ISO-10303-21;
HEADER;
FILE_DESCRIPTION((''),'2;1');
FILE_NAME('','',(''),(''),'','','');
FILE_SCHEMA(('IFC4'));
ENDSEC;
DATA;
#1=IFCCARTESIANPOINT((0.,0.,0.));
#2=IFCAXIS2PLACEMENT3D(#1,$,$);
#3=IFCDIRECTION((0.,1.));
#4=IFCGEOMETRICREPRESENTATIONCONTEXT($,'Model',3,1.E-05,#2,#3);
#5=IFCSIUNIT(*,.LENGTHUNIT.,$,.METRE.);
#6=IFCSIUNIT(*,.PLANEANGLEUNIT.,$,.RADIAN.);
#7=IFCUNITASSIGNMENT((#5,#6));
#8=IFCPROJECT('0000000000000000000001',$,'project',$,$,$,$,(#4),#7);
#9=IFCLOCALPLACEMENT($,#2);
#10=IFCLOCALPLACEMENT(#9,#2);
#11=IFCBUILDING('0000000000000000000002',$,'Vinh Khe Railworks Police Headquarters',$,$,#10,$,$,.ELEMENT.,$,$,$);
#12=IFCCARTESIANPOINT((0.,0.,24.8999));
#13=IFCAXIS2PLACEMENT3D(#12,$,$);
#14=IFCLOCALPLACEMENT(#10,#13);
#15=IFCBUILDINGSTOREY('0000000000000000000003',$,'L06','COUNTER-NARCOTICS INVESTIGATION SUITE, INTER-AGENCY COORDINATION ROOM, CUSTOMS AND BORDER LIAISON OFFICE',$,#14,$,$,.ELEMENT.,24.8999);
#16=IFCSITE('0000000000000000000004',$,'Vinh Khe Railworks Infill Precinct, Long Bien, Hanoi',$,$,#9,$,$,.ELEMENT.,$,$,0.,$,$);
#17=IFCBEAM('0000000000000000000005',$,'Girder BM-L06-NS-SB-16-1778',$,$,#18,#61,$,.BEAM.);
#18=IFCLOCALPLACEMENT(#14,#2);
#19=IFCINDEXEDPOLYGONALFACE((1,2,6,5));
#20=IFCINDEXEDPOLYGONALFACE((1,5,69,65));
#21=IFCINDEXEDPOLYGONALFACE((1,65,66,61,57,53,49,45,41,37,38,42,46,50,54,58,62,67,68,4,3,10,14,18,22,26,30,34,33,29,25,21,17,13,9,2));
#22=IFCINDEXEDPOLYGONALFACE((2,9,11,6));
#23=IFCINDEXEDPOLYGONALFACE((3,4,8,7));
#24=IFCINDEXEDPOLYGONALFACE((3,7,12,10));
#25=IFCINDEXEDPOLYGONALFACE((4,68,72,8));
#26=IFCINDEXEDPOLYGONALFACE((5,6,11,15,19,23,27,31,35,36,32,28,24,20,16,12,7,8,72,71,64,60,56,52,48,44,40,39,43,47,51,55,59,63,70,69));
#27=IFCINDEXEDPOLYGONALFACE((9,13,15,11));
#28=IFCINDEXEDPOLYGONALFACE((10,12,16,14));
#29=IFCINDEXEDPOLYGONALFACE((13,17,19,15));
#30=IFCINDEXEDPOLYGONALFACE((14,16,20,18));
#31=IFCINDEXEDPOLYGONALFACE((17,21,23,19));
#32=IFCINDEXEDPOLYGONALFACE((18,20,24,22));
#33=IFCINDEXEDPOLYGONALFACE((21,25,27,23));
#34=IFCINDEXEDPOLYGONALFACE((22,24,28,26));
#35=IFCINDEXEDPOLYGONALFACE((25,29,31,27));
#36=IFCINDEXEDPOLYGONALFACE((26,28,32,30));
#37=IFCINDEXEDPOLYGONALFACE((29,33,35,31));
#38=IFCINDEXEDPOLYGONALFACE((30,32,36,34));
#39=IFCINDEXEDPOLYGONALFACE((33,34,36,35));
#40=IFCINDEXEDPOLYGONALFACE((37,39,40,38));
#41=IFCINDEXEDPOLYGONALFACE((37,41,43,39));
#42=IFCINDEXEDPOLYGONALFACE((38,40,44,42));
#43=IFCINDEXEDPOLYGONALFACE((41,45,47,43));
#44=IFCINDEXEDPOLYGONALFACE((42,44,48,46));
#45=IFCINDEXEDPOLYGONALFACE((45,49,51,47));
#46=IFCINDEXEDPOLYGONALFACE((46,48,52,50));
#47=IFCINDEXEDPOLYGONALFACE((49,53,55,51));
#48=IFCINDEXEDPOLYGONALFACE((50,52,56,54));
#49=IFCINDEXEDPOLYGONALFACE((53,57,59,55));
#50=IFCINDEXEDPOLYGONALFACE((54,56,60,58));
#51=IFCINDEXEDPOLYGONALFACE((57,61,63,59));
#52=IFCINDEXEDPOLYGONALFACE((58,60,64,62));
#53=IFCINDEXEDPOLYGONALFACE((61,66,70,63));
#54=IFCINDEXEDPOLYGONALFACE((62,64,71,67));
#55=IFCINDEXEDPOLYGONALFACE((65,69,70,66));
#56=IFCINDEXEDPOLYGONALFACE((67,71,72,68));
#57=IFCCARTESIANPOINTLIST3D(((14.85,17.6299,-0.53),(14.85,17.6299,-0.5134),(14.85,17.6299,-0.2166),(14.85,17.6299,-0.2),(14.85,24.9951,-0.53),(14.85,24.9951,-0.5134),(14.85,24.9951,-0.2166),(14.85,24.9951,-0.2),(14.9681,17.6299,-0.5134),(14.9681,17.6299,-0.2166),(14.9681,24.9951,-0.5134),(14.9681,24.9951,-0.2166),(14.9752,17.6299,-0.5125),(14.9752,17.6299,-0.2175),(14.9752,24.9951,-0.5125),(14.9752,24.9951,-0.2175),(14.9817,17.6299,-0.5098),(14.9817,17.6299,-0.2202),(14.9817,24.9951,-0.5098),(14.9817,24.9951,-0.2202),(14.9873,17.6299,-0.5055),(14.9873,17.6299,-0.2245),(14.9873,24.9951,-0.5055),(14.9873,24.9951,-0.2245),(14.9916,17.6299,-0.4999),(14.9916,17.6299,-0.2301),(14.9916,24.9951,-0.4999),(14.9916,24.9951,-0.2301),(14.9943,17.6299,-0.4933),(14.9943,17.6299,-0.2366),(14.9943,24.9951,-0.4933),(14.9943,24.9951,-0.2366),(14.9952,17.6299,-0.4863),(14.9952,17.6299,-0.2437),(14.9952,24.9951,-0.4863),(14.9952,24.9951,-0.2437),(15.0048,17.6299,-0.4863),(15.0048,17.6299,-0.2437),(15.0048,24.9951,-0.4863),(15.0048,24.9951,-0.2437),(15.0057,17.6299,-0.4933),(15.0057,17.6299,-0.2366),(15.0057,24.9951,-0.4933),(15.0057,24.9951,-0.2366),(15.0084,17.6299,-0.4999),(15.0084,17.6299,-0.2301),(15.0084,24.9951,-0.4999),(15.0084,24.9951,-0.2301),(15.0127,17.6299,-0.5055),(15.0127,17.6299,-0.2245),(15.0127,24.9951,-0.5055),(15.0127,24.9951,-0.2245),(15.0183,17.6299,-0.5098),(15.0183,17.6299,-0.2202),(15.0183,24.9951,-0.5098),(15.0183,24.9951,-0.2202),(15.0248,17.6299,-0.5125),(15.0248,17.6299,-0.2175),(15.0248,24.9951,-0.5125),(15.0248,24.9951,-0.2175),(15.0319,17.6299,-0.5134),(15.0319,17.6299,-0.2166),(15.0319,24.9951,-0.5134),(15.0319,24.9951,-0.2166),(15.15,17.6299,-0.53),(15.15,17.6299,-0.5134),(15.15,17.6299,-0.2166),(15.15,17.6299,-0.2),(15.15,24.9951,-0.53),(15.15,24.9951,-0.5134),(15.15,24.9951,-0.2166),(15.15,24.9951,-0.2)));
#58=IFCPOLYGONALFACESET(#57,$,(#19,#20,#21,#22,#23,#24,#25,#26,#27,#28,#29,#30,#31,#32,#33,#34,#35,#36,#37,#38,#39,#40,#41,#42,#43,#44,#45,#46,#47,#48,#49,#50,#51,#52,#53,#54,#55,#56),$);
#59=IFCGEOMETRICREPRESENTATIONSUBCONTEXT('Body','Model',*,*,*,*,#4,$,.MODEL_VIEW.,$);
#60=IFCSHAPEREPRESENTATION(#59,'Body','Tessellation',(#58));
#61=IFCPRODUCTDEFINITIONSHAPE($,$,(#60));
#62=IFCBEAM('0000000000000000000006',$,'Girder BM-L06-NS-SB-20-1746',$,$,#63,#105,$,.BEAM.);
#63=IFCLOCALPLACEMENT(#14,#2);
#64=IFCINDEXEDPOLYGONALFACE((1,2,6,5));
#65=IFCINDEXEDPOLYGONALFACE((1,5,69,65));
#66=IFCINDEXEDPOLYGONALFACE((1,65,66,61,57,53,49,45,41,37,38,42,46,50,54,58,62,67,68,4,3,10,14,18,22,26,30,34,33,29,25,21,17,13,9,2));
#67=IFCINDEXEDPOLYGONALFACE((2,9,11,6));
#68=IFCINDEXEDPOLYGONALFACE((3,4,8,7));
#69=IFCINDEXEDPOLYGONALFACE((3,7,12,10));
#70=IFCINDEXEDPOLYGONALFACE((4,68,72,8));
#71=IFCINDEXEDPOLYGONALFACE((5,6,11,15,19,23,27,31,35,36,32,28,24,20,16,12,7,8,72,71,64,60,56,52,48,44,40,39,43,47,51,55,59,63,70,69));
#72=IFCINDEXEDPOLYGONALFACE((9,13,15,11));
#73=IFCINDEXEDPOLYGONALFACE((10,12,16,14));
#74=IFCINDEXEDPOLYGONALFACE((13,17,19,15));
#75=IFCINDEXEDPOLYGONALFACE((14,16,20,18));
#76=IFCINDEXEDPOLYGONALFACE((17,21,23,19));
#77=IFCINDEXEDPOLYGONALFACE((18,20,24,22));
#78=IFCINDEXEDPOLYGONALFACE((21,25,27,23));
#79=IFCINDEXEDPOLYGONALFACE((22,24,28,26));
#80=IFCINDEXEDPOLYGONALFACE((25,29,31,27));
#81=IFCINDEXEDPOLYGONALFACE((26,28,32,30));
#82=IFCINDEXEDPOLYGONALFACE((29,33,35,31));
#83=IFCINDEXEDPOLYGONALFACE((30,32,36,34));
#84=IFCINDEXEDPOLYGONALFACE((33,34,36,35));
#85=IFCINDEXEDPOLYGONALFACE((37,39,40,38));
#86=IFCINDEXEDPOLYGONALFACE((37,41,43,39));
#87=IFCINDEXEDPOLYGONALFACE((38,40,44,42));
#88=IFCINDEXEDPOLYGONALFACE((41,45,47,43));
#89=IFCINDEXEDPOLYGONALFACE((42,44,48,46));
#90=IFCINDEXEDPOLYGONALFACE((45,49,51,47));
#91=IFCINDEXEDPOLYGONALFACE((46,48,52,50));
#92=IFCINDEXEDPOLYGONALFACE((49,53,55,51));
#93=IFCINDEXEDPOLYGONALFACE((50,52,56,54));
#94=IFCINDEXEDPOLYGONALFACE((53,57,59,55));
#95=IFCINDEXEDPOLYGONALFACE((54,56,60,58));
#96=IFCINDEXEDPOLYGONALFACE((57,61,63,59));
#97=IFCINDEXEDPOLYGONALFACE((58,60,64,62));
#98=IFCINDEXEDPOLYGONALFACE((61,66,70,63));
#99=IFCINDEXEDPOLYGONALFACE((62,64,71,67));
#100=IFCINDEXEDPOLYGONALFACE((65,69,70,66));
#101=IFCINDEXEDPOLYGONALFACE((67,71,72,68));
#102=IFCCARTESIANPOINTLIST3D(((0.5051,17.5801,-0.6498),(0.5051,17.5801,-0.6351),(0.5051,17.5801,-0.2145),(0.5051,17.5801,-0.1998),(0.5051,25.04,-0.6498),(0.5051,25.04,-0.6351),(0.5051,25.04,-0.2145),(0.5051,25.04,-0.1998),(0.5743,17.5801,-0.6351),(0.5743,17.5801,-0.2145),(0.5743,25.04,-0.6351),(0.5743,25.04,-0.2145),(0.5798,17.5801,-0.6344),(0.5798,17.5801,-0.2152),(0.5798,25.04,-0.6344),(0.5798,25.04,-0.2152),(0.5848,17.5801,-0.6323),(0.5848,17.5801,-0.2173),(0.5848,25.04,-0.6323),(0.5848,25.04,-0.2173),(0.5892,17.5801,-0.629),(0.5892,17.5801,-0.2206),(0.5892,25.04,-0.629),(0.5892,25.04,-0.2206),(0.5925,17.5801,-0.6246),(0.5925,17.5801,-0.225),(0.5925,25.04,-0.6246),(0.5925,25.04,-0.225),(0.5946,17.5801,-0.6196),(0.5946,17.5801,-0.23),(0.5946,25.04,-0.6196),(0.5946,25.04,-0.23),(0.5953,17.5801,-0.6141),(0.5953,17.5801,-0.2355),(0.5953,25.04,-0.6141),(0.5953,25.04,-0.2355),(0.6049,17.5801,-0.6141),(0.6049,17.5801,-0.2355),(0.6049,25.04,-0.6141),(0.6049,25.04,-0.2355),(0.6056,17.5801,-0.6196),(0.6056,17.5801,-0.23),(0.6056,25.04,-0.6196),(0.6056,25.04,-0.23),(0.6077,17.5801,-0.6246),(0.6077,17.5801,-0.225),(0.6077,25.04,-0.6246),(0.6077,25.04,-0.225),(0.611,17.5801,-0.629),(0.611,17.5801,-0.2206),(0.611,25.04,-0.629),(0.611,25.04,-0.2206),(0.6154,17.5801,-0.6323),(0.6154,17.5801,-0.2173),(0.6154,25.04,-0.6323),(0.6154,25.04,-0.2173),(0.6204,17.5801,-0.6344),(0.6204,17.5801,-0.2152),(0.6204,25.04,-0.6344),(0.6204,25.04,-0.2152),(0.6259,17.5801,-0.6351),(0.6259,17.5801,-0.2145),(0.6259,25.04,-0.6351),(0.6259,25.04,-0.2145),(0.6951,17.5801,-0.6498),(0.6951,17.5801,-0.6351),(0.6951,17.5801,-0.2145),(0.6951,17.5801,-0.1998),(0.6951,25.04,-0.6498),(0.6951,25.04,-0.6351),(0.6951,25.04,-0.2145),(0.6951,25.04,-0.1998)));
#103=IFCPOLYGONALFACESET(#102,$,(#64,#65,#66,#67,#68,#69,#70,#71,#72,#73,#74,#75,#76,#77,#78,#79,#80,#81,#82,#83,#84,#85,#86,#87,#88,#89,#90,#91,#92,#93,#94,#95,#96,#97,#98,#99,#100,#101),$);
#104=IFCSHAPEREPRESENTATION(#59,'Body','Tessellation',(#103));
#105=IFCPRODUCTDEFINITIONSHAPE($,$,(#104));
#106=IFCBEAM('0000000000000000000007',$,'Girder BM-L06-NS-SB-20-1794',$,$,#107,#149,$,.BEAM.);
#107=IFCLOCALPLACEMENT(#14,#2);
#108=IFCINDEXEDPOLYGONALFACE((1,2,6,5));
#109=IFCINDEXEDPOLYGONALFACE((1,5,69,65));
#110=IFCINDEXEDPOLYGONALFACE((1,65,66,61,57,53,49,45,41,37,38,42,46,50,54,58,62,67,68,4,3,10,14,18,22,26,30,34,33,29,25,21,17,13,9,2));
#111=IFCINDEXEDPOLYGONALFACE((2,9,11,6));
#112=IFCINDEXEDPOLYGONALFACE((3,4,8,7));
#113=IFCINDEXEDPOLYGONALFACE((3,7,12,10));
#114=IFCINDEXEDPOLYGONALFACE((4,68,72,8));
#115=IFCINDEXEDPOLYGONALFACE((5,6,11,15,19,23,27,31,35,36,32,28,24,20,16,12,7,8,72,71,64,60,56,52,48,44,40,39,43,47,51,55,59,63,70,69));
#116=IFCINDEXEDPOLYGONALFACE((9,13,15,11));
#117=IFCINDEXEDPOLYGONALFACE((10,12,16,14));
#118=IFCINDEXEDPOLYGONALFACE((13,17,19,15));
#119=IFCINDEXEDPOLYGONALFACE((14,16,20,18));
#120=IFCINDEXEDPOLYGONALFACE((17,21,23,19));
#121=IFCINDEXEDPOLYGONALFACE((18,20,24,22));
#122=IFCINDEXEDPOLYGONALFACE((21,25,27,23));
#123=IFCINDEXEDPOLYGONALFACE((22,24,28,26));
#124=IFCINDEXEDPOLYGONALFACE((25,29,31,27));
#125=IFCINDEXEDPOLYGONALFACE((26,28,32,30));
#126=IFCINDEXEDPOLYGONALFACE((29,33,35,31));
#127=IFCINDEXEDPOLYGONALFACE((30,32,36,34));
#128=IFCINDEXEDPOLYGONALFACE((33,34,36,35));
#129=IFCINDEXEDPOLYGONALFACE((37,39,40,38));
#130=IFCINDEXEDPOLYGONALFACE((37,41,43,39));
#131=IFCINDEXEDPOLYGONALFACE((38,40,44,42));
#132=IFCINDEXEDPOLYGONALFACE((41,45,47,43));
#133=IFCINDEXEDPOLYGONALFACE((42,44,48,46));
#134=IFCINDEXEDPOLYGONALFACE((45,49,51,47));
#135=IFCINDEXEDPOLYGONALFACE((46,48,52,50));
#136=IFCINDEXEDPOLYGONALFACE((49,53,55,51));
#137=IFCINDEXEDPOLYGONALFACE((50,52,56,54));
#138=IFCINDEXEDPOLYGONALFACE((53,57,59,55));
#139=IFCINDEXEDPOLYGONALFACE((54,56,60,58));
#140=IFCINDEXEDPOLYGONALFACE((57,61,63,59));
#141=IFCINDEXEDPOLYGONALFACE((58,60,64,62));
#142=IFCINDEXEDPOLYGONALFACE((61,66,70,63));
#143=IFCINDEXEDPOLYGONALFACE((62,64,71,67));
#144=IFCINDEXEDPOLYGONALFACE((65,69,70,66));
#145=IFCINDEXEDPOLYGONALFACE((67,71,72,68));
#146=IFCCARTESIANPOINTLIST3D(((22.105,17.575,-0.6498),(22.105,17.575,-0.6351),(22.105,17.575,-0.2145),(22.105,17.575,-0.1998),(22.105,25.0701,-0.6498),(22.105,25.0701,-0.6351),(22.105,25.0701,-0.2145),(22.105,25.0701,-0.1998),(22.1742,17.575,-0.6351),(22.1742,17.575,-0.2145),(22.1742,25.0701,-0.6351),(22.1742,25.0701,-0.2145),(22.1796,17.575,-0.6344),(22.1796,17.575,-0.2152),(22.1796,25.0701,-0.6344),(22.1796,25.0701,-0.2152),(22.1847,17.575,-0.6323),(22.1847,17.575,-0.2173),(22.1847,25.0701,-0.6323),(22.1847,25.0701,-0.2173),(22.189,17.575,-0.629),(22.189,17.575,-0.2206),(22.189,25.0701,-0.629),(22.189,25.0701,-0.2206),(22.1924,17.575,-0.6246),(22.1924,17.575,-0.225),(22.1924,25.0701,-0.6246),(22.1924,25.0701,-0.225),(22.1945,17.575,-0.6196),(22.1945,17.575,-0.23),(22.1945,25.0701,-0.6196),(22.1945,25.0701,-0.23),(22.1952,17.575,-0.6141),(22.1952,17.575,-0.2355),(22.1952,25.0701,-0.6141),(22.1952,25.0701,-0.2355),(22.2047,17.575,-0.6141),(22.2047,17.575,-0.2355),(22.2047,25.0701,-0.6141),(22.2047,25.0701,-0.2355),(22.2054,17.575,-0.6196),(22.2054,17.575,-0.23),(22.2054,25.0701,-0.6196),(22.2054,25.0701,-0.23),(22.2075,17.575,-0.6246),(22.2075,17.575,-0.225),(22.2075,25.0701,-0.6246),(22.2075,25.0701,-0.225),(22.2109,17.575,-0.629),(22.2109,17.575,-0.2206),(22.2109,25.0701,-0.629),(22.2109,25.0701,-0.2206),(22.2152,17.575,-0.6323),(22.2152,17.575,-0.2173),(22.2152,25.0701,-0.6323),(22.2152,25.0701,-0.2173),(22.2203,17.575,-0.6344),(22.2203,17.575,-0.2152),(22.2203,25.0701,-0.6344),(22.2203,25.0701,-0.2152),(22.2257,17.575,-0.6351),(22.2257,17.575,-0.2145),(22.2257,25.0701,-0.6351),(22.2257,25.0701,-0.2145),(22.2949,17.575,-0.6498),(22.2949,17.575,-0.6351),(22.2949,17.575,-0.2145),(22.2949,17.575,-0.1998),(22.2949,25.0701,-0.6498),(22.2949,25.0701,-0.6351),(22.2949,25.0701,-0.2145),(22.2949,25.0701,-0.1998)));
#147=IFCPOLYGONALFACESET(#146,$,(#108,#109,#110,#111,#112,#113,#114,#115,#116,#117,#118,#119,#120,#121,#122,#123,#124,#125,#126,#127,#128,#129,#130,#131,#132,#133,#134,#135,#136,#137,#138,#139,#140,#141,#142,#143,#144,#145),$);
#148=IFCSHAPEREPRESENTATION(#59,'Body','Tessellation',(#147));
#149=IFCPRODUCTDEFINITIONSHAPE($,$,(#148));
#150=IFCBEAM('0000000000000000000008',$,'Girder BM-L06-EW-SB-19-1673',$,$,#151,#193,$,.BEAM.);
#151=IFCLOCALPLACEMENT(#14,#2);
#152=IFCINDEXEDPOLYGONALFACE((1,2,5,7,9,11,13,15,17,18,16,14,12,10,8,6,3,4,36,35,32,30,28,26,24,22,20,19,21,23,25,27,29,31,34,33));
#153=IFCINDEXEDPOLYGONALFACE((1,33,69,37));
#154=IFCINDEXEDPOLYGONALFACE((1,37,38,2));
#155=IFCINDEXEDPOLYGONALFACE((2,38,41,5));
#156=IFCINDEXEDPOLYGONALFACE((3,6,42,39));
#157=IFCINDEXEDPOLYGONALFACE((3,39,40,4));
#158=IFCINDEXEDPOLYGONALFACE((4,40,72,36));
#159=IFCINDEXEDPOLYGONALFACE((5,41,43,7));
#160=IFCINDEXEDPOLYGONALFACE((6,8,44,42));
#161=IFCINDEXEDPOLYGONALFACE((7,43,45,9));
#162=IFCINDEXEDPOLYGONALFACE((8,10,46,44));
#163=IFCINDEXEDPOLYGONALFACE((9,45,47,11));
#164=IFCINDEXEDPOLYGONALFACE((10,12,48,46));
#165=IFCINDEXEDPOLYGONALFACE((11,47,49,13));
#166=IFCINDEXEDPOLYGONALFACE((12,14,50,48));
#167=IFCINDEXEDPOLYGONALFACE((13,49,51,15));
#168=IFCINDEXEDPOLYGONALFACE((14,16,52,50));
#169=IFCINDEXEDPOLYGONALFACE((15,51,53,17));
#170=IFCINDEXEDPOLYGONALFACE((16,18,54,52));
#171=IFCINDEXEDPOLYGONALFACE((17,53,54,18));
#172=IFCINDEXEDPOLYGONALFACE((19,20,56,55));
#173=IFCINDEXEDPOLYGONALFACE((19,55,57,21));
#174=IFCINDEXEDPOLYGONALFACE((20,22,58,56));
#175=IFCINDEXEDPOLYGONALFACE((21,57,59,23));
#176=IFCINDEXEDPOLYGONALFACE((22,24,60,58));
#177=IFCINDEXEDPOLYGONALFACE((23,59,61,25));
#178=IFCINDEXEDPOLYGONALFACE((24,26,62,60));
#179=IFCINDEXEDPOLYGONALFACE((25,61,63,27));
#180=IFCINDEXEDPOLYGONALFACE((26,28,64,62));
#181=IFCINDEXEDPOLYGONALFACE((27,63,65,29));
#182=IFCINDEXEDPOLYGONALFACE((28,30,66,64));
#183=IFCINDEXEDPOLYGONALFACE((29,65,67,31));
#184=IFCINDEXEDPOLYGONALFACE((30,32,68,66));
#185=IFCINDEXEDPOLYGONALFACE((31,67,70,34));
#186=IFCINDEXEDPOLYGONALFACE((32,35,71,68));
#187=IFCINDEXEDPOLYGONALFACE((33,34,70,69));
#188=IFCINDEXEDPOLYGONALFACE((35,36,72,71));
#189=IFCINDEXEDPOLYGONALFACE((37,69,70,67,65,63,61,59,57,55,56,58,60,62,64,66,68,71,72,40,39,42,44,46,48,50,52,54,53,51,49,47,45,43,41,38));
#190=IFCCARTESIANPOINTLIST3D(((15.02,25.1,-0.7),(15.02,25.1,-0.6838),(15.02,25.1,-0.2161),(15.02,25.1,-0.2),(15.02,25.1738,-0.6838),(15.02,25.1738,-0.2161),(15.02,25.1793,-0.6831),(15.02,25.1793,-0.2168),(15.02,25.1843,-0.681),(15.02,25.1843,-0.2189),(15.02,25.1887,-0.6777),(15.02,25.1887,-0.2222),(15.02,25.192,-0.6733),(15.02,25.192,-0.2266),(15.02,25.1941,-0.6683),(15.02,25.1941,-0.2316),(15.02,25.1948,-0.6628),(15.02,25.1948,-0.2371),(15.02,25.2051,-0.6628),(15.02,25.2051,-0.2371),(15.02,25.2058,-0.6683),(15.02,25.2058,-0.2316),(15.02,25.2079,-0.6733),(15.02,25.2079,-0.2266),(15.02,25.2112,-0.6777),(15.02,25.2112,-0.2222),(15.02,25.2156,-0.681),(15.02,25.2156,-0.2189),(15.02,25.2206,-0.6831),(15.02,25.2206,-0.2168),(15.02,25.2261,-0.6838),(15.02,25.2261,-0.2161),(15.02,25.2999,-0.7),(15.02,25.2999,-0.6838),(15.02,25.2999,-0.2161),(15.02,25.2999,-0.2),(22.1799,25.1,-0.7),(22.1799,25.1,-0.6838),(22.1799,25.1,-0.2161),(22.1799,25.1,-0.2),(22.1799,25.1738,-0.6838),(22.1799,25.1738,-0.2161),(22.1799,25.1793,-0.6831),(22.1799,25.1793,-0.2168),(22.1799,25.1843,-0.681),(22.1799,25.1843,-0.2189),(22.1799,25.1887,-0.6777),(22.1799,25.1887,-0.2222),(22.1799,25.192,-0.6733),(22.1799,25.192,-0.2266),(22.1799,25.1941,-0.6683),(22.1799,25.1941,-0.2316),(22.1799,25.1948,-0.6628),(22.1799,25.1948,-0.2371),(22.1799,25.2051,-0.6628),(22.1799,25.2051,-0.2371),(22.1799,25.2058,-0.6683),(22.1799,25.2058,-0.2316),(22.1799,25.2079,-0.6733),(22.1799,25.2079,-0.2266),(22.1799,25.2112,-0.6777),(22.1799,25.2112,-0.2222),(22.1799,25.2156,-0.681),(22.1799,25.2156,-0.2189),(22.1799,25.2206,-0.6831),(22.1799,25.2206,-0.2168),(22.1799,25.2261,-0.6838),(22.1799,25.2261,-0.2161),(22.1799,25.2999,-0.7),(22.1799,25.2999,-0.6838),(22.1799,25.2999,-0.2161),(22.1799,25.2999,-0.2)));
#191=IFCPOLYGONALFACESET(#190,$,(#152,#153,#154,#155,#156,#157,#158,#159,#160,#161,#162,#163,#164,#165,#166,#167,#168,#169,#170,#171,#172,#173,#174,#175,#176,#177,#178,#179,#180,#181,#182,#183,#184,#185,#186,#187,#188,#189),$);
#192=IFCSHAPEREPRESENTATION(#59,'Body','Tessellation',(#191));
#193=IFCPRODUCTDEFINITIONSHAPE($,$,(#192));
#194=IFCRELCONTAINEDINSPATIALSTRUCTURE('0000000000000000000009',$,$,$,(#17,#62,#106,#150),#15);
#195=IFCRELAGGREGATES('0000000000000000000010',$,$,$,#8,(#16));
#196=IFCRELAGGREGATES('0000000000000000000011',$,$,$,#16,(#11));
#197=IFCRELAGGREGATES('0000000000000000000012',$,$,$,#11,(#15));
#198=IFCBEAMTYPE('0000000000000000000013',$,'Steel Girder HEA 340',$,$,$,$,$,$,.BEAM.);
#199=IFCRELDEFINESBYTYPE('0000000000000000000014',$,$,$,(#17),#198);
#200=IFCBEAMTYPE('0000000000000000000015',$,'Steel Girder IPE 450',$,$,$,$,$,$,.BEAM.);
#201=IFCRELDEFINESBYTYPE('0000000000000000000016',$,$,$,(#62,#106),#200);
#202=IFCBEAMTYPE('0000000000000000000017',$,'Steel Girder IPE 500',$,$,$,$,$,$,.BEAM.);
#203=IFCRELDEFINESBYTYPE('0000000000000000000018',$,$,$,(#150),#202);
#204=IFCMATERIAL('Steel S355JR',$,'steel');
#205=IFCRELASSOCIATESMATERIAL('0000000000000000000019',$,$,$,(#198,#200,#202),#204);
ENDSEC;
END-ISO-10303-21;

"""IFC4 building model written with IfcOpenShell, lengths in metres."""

from ifc_helpers import new_model, si_unit, direction, frame, origin, origin_2d, place, context, subcontext, project, spatial, i_section, extrude, material, material_profile, profile_set, type_object, element, save


model = new_model("IFC4")

# Units and contexts
model_context = context("Model", 3, precision=1e-05, world=origin(), true_north=direction((0.0, 1.0)))
body_context = subcontext(model_context, "Body", "Model", "MODEL_VIEW")
ifc_project = project(units=[si_unit("LENGTHUNIT", "METRE"), si_unit("PLANEANGLEUNIT", "RADIAN")], contexts=[model_context])

# Site, building, storey
site_placement = place(None, origin())
site = spatial("IfcSite", under=ifc_project, at=site_placement, Name="Vinh Khe Railworks Infill Precinct, Long Bien, Hanoi", CompositionType="ELEMENT", RefElevation=0.0)
building_placement = place(site_placement, origin())
building = spatial("IfcBuilding", under=site, at=building_placement, Name="Vinh Khe Railworks Police Headquarters", CompositionType="ELEMENT")
storey_placement = place(building_placement, frame((0.0, 0.0, 24.8999)))
storey = spatial("IfcBuildingStorey", under=building, at=storey_placement, Name="L06", Description="COUNTER-NARCOTICS INVESTIGATION SUITE, INTER-AGENCY COORDINATION ROOM, CUSTOMS AND BORDER LIAISON OFFICE", CompositionType="ELEMENT", Elevation=24.8999)

# Shared definitions
ifc_material_1 = material(Name="Steel S355JR", Category="steel")

# Beams
ifc_material_profile_1 = material_profile(ifc_material_1, i_section(OverallWidth=0.3, OverallDepth=0.3301, WebThickness=0.0095, FlangeThickness=0.0166, FilletRadius=0.0271, at=origin_2d()), Name="HEA 340")
ifc_profile_set_1 = profile_set([ifc_material_profile_1], Name="Steel S355JR")
beam_type_1 = type_object("IfcBeamType", Name="Steel Girder HEA 340", PredefinedType="BEAM", material=ifc_profile_set_1)
beam_1_placement = place(storey_placement, frame((15.0, 17.6299, -0.365), z_axis=(0.0, 1.0, 0.0), x_axis=(-1.0, 0.0, 0.0)))
element("IfcBeam", 1, at=beam_1_placement, inside=storey, type_object=beam_type_1, Name="Girder BM-L06-NS-SB-16-1778", PredefinedType="BEAM", context=body_context, shape_type="SweptSolid", body=[
    extrude(i_section(OverallWidth=0.3, OverallDepth=0.3301, WebThickness=0.0095, FlangeThickness=0.0166, FilletRadius=0.0271, at=origin_2d()), origin(), (0.0, 0.0, 1.0), 7.3652),
])
ifc_material_profile_2 = material_profile(ifc_material_1, i_section(OverallWidth=0.1899, OverallDepth=0.45, WebThickness=0.0095, FlangeThickness=0.0146, FilletRadius=0.021, at=origin_2d()), Name="IPE 450")
ifc_profile_set_2 = profile_set([ifc_material_profile_2], Name="Steel S355JR")
beam_type_2 = type_object("IfcBeamType", Name="Steel Girder IPE 450", PredefinedType="BEAM", material=ifc_profile_set_2)
beam_2_placement = place(storey_placement, frame((0.6001, 17.5801, -0.4248), z_axis=(0.0, 1.0, 0.0), x_axis=(-1.0, 0.0, 0.0)))
element("IfcBeam", 2, at=beam_2_placement, inside=storey, type_object=beam_type_2, Name="Girder BM-L06-NS-SB-20-1746", PredefinedType="BEAM", context=body_context, shape_type="SweptSolid", body=[
    extrude(i_section(OverallWidth=0.1899, OverallDepth=0.45, WebThickness=0.0095, FlangeThickness=0.0146, FilletRadius=0.021, at=origin_2d()), origin(), (0.0, 0.0, 1.0), 7.46),
])
beam_3_placement = place(storey_placement, frame((22.2, 17.575, -0.4248), z_axis=(0.0, 1.0, 0.0), x_axis=(-1.0, 0.0, 0.0)))
element("IfcBeam", 3, at=beam_3_placement, inside=storey, type_object=beam_type_2, Name="Girder BM-L06-NS-SB-20-1794", PredefinedType="BEAM", context=body_context, shape_type="SweptSolid", body=[
    extrude(i_section(OverallWidth=0.1899, OverallDepth=0.45, WebThickness=0.0095, FlangeThickness=0.0146, FilletRadius=0.021, at=origin_2d()), origin(), (0.0, 0.0, 1.0), 7.4951),
])
ifc_material_profile_3 = material_profile(ifc_material_1, i_section(OverallWidth=0.2, OverallDepth=0.5, WebThickness=0.0103, FlangeThickness=0.0161, FilletRadius=0.021, at=origin_2d()), Name="IPE 500")
ifc_profile_set_3 = profile_set([ifc_material_profile_3], Name="Steel S355JR")
beam_type_3 = type_object("IfcBeamType", Name="Steel Girder IPE 500", PredefinedType="BEAM", material=ifc_profile_set_3)
beam_4_placement = place(storey_placement, frame((15.02, 25.2, -0.45), z_axis=(1.0, 0.0, 0.0), x_axis=(0.0, 1.0, 0.0)))
element("IfcBeam", 4, at=beam_4_placement, inside=storey, type_object=beam_type_3, Name="Girder BM-L06-EW-SB-19-1673", PredefinedType="BEAM", context=body_context, shape_type="SweptSolid", body=[
    extrude(i_section(OverallWidth=0.2, OverallDepth=0.5, WebThickness=0.0103, FlangeThickness=0.0161, FilletRadius=0.021, at=origin_2d()), origin(), (0.0, 0.0, 1.0), 7.1599),
])

save(model, "model.ifc")
